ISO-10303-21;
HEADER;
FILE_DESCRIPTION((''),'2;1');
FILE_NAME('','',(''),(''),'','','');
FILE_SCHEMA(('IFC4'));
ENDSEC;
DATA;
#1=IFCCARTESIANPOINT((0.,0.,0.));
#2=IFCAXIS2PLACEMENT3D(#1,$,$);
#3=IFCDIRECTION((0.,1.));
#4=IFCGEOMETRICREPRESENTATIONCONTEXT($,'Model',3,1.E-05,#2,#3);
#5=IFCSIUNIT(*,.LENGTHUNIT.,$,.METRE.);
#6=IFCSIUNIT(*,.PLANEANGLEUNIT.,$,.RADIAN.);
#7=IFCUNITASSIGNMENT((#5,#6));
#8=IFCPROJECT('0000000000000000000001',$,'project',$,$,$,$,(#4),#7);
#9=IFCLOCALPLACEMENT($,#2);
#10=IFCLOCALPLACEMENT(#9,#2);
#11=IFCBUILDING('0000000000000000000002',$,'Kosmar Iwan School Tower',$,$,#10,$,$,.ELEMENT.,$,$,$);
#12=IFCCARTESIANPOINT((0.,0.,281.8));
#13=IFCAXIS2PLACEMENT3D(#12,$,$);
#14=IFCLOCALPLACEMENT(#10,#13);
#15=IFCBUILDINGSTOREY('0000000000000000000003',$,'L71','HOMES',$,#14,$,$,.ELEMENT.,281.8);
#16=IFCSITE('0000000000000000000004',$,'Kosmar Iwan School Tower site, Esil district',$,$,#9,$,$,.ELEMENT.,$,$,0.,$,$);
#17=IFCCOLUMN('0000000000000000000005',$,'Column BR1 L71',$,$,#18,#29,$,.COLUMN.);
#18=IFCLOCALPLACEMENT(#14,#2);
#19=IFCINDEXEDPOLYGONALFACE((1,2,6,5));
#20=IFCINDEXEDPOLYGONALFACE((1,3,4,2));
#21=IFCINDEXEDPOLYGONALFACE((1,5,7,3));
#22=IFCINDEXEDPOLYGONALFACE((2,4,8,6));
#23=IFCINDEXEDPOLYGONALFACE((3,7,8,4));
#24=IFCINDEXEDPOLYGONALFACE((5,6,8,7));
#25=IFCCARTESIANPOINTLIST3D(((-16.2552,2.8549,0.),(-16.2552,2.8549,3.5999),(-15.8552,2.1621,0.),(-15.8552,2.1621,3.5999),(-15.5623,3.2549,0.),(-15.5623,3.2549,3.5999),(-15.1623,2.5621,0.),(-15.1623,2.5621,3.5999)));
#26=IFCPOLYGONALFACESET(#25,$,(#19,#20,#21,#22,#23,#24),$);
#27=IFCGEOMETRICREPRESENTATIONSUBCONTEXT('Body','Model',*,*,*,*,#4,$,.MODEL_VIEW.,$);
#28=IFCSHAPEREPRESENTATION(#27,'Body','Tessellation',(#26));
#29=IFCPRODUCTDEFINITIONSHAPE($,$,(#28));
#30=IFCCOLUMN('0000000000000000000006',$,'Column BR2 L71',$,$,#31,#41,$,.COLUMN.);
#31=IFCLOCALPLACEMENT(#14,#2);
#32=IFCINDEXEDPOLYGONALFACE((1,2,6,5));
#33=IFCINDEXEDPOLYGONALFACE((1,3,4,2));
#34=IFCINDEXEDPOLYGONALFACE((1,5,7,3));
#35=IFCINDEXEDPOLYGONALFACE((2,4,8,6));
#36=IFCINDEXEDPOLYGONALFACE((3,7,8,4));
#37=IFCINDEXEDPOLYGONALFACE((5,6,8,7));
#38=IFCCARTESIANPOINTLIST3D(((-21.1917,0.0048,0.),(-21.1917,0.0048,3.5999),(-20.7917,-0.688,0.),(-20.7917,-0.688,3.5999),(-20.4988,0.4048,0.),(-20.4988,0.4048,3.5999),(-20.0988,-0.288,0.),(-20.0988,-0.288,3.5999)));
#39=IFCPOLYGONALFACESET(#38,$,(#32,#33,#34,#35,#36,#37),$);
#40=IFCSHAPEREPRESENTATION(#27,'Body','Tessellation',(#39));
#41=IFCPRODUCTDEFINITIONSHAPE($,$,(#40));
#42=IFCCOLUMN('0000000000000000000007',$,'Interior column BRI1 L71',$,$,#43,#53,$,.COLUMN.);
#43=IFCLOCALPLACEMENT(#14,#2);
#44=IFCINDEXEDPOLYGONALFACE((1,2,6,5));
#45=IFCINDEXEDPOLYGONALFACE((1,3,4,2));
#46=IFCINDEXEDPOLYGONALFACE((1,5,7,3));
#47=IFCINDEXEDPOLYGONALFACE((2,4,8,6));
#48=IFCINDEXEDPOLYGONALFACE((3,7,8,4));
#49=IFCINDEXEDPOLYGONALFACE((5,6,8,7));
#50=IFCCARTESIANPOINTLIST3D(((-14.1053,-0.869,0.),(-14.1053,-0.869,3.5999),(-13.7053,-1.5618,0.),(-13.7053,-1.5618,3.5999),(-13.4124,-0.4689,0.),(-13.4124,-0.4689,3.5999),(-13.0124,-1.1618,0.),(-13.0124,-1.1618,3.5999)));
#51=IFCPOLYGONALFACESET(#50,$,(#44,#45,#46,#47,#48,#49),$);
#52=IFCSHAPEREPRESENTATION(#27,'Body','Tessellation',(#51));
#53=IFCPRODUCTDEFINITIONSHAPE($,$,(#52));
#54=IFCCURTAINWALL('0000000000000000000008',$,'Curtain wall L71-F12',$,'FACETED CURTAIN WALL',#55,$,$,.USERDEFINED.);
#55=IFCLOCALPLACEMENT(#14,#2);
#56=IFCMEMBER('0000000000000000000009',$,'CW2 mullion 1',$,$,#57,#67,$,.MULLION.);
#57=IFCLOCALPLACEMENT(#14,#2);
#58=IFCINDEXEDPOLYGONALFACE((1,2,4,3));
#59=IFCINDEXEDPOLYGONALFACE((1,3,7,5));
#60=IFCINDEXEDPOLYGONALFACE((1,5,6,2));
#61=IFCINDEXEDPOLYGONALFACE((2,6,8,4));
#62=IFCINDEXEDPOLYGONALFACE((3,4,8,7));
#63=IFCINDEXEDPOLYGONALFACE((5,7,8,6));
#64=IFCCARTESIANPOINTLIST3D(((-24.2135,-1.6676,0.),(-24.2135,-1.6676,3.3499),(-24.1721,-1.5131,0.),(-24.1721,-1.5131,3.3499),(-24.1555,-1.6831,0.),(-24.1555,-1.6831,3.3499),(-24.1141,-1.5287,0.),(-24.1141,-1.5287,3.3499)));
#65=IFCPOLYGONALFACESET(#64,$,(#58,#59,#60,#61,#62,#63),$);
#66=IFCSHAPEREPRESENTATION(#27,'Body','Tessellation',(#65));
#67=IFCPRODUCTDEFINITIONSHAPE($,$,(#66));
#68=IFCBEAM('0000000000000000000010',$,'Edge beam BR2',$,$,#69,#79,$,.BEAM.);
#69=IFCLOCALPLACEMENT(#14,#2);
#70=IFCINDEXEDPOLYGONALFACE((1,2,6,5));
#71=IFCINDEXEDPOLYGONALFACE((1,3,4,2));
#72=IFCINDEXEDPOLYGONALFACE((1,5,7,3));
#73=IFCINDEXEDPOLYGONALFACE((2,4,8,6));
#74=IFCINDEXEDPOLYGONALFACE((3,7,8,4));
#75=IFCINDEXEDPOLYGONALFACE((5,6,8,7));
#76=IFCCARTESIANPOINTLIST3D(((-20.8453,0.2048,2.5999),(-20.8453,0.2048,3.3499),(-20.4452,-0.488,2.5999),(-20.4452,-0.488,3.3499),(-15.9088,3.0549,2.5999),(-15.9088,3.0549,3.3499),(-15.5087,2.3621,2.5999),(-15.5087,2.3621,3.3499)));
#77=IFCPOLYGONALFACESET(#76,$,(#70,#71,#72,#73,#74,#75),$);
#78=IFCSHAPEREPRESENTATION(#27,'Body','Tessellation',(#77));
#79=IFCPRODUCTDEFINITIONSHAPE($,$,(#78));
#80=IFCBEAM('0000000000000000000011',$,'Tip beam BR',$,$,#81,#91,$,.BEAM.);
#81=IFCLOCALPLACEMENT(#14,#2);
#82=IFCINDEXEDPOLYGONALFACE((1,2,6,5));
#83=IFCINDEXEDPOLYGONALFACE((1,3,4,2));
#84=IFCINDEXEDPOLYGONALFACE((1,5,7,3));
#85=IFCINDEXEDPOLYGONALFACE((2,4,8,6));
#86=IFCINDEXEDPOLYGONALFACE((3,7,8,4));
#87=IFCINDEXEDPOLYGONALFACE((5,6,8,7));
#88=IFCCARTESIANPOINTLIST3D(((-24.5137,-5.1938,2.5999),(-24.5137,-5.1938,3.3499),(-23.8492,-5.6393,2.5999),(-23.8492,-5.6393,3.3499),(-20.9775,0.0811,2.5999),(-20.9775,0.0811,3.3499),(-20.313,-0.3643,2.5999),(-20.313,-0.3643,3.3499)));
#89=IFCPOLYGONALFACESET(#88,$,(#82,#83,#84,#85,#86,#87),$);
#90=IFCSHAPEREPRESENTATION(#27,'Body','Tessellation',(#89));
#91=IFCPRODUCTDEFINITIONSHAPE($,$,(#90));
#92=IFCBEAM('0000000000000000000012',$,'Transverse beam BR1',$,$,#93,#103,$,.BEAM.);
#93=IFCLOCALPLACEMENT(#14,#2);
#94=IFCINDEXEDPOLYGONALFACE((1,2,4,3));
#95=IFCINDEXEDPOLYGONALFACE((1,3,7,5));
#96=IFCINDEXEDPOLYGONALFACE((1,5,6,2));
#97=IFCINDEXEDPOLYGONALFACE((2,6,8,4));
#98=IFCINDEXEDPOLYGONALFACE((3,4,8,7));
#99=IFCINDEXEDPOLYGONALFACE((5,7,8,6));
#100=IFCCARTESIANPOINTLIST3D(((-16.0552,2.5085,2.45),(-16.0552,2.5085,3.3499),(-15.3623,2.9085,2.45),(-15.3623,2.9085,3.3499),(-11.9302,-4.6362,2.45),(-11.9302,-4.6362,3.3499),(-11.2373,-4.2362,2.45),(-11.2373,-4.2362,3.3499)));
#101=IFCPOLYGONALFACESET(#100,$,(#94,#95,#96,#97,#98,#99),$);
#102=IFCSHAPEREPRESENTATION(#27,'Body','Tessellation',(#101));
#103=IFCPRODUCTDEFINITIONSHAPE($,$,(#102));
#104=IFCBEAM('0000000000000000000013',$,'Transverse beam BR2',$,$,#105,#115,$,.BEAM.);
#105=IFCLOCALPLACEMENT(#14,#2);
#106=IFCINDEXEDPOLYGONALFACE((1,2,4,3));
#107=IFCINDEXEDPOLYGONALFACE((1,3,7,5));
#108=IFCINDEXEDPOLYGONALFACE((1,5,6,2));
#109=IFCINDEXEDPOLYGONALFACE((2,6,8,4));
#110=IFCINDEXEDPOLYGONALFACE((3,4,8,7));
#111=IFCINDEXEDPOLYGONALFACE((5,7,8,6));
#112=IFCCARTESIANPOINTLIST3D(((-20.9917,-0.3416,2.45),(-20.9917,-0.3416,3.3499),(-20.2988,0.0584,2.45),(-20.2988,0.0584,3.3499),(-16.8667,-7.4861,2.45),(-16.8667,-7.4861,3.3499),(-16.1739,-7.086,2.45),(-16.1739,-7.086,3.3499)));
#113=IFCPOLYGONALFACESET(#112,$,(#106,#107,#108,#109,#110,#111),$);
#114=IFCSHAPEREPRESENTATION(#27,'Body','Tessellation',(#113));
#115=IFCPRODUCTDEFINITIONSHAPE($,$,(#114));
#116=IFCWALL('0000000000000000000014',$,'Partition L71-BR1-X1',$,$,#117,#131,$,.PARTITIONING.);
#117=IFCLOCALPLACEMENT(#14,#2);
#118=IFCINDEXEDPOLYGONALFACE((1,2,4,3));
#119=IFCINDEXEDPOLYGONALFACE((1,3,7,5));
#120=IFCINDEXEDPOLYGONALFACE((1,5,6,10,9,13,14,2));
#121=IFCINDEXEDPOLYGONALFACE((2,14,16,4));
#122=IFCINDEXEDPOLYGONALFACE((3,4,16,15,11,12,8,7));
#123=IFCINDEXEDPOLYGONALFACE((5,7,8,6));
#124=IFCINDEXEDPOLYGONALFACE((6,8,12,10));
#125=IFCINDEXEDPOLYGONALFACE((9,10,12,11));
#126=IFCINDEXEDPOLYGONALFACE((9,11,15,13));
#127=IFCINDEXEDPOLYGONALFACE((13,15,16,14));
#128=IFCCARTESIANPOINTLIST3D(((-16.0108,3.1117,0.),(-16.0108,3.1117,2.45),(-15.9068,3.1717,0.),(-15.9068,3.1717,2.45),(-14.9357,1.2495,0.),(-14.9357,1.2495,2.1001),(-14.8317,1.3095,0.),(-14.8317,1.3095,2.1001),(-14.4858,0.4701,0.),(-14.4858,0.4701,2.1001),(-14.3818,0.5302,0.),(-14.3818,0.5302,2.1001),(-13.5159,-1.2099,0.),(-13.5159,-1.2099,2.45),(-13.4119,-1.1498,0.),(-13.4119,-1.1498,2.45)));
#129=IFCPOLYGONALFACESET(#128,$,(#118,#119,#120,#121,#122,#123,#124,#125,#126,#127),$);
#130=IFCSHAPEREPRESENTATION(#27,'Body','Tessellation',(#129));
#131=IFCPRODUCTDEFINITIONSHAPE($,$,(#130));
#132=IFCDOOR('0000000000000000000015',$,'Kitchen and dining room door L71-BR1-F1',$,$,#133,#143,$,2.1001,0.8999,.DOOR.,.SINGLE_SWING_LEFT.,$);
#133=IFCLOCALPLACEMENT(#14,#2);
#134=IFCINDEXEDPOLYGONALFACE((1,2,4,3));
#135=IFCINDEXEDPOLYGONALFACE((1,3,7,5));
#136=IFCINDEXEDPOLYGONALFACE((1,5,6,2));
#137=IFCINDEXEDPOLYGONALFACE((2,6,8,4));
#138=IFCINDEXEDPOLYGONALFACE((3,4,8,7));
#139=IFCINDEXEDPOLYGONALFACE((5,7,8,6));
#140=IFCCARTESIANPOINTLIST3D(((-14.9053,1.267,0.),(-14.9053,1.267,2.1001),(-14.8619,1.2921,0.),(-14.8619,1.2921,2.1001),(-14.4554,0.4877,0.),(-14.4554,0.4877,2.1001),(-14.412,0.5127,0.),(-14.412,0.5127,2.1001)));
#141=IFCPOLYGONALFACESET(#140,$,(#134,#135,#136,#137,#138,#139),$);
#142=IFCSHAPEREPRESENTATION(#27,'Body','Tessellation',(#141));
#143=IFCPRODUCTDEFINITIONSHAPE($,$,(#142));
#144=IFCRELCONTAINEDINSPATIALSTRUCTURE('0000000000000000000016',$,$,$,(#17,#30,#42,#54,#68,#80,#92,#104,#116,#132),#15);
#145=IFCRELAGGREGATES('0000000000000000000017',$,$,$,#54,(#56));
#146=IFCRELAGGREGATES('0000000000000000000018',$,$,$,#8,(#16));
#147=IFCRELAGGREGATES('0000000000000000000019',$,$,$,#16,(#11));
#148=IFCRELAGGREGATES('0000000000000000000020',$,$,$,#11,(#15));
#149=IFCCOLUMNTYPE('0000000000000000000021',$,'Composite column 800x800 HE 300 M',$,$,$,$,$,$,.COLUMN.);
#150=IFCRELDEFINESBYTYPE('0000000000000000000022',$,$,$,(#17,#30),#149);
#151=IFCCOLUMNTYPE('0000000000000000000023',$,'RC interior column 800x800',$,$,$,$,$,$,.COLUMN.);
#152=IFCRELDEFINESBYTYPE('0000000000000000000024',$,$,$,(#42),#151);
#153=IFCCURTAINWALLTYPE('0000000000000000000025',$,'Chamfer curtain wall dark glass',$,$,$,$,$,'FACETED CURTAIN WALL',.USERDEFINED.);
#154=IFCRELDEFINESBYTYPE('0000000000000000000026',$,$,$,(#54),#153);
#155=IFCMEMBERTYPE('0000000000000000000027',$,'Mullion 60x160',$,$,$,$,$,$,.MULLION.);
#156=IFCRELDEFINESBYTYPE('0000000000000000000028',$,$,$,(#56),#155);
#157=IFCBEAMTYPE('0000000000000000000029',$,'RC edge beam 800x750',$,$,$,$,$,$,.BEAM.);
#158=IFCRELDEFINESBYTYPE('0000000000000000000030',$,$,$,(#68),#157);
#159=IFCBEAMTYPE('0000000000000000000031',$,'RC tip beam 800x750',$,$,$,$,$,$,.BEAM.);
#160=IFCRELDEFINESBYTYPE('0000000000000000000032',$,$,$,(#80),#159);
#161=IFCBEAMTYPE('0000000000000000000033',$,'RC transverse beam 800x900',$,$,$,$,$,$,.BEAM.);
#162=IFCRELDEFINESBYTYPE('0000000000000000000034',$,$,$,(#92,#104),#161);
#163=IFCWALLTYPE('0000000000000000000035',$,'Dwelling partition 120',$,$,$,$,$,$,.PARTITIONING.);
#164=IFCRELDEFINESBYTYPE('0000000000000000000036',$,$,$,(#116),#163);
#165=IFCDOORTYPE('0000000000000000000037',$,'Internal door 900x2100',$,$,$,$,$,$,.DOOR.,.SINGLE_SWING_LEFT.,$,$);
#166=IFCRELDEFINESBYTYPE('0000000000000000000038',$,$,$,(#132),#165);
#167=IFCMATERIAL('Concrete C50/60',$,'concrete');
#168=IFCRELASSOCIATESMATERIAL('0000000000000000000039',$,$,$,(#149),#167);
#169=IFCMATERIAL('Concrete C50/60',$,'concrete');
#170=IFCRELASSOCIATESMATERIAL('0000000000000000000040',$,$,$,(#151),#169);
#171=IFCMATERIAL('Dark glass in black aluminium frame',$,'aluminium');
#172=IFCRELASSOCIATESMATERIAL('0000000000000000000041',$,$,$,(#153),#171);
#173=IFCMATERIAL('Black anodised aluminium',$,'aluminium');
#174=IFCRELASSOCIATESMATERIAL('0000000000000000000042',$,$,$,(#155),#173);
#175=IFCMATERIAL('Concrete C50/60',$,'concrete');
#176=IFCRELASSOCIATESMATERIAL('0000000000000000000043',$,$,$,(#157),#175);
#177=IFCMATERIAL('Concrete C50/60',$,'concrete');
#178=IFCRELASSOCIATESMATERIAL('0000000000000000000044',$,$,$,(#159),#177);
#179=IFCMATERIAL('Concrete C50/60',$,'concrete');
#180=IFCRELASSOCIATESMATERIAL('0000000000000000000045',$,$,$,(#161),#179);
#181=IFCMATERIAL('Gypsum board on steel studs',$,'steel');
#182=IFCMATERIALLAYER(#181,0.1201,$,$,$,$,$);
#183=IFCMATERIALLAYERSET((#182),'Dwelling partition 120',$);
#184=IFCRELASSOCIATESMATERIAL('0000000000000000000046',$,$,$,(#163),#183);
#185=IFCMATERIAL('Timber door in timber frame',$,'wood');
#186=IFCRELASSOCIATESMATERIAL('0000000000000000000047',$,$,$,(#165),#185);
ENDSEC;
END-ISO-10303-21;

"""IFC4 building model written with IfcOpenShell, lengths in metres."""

from ifc_helpers import new_model, si_unit, direction, frame, frame_2d, origin, origin_2d, place, context, subcontext, project, spatial, rectangle, extrude, material, layer, layer_set, material_profile, profile_set, type_object, element, fill, aggregate, save


model = new_model("IFC4")

# Units and contexts
model_context = context("Model", 3, precision=1e-05, world=origin(), true_north=direction((0.0, 1.0)))
body_context = subcontext(model_context, "Body", "Model", "MODEL_VIEW")
ifc_project = project(units=[si_unit("LENGTHUNIT", "METRE"), si_unit("PLANEANGLEUNIT", "RADIAN")], contexts=[model_context])

# Site, building, storey
site_placement = place(None, origin())
site = spatial("IfcSite", under=ifc_project, at=site_placement, Name="Kosmar Iwan School Tower site, Esil district", CompositionType="ELEMENT", RefElevation=0.0)
building_placement = place(site_placement, origin())
building = spatial("IfcBuilding", under=site, at=building_placement, Name="Kosmar Iwan School Tower", CompositionType="ELEMENT")
storey_placement = place(building_placement, frame((0.0, 0.0, 281.8)))
storey = spatial("IfcBuildingStorey", under=building, at=storey_placement, Name="L71", Description="HOMES", CompositionType="ELEMENT", Elevation=281.8)

# Columns
ifc_material_1 = material(Name="Concrete C50/60", Category="concrete")
ifc_material_profile_1 = material_profile(ifc_material_1, rectangle(XDim=0.8, YDim=0.8, at=origin_2d()), Name="RC 800x800 + HE 300 M")
ifc_profile_set_1 = profile_set([ifc_material_profile_1], Name="Concrete C50/60")
column_type_1 = type_object("IfcColumnType", Name="Composite column 800x800 HE 300 M", PredefinedType="COLUMN", material=ifc_profile_set_1)
for number, where, z_axis, x_axis, name in (
    (1, (-15.7087, 2.7085, 0.0), (0.0, 0.0, 1.0), (-0.866025, -0.5, 0.0), "Column BR1 L71"),
    (2, (-20.6453, -0.1416, 0.0), (0.0, 0.0, 1.0), (-0.866025, -0.5, 0.0), "Column BR2 L71"),
):
    element("IfcColumn", number, at=place(storey_placement, frame(where, z_axis=z_axis, x_axis=x_axis)), inside=storey, type_object=column_type_1, Name=name, PredefinedType="COLUMN", context=body_context, shape_type="SweptSolid", body=[
        extrude(rectangle(XDim=0.8, YDim=0.8, at=origin_2d()), origin(), (0.0, 0.0, 1.0), 3.5999),
    ])
ifc_material_2 = material(Name="Concrete C50/60", Category="concrete")
ifc_material_profile_2 = material_profile(ifc_material_2, rectangle(XDim=0.8, YDim=0.8, at=origin_2d()), Name="RC 800x800")
ifc_profile_set_2 = profile_set([ifc_material_profile_2], Name="Concrete C50/60")
column_type_2 = type_object("IfcColumnType", Name="RC interior column 800x800", PredefinedType="COLUMN", material=ifc_profile_set_2)
column_placement = place(storey_placement, frame((-13.5588, -1.0154, 0.0), z_axis=(0.0, 0.0, 1.0), x_axis=(-0.866025, -0.5, 0.0)))
element("IfcColumn", 3, at=column_placement, inside=storey, type_object=column_type_2, Name="Interior column BRI1 L71", PredefinedType="COLUMN", context=body_context, shape_type="SweptSolid", body=[
    extrude(rectangle(XDim=0.8, YDim=0.8, at=origin_2d()), origin(), (0.0, 0.0, 1.0), 3.5999),
])

# Curtain wall, member
ifc_material_3 = material(Name="Dark glass in black aluminium frame", Category="aluminium")
curtain_wall_type = type_object("IfcCurtainWallType", Name="Chamfer curtain wall dark glass", ElementType="FACETED CURTAIN WALL", PredefinedType="USERDEFINED", material=ifc_material_3)
curtain_wall_placement = place(storey_placement, origin())
curtain_wall = element("IfcCurtainWall", 4, at=curtain_wall_placement, inside=storey, type_object=curtain_wall_type, Name="Curtain wall L71-F12", ObjectType="FACETED CURTAIN WALL", PredefinedType="USERDEFINED")
ifc_material_4 = material(Name="Black anodised aluminium", Category="aluminium")
ifc_material_profile_3 = material_profile(ifc_material_4, rectangle(XDim=0.0601, YDim=0.1599, at=origin_2d()), Name="MULLION 60x160")
ifc_profile_set_3 = profile_set([ifc_material_profile_3], Name="Black anodised aluminium")
member_type = type_object("IfcMemberType", Name="Mullion 60x160", PredefinedType="MULLION", material=ifc_profile_set_3)
member_placement = place(storey_placement, frame((-24.1638, -1.5981, 0.0), z_axis=(0.0, 0.0, 1.0), x_axis=(0.965926, -0.258819, 0.0)))
member = element("IfcMember", 5, at=member_placement, type_object=member_type, Name="CW2 mullion 1", PredefinedType="MULLION", context=body_context, shape_type="SweptSolid", body=[
    extrude(rectangle(XDim=0.0601, YDim=0.1599, at=origin_2d()), origin(), (0.0, 0.0, 1.0), 3.3499),
])
aggregate(curtain_wall, [member])

# Beams
ifc_material_5 = material(Name="Concrete C50/60", Category="concrete")
ifc_material_profile_4 = material_profile(ifc_material_5, rectangle(XDim=0.8, YDim=0.75, at=origin_2d()), Name="RC 800x750")
ifc_profile_set_4 = profile_set([ifc_material_profile_4], Name="Concrete C50/60")
beam_type_1 = type_object("IfcBeamType", Name="RC edge beam 800x750", PredefinedType="BEAM", material=ifc_profile_set_4)
beam_1_placement = place(storey_placement, frame((-15.7087, 2.7085, 2.9749), z_axis=(-0.866026, -0.499999, 0.0), x_axis=(0.499999, -0.866026, 0.0)))
element("IfcBeam", 6, at=beam_1_placement, inside=storey, type_object=beam_type_1, Name="Edge beam BR2", PredefinedType="BEAM", context=body_context, shape_type="SweptSolid", body=[
    extrude(rectangle(XDim=0.8, YDim=0.75, at=origin_2d()), origin(), (0.0, 0.0, 1.0), 5.7002),
])
ifc_material_6 = material(Name="Concrete C50/60", Category="concrete")
ifc_material_profile_5 = material_profile(ifc_material_6, rectangle(XDim=0.8, YDim=0.75, at=origin_2d()), Name="RC 800x750")
ifc_profile_set_5 = profile_set([ifc_material_profile_5], Name="Concrete C50/60")
beam_type_2 = type_object("IfcBeamType", Name="RC tip beam 800x750", PredefinedType="BEAM", material=ifc_profile_set_5)
beam_2_placement = place(storey_placement, frame((-20.6453, -0.1416, 2.9749), z_axis=(-0.556828, -0.830628, 0.0), x_axis=(0.830628, -0.556828, 0.0)))
element("IfcBeam", 7, at=beam_2_placement, inside=storey, type_object=beam_type_2, Name="Tip beam BR", PredefinedType="BEAM", context=body_context, shape_type="SweptSolid", body=[
    extrude(rectangle(XDim=0.8, YDim=0.75, at=origin_2d()), origin(), (0.0, 0.0, 1.0), 6.3506),
])
ifc_material_7 = material(Name="Concrete C50/60", Category="concrete")
ifc_material_profile_6 = material_profile(ifc_material_7, rectangle(XDim=0.8, YDim=0.8999, at=origin_2d()), Name="RC 800x900")
ifc_profile_set_6 = profile_set([ifc_material_profile_6], Name="Concrete C50/60")
beam_type_3 = type_object("IfcBeamType", Name="RC transverse beam 800x900", PredefinedType="BEAM", material=ifc_profile_set_6)
beam_3_placement = place(storey_placement, frame((-15.7087, 2.7085, 2.8999), z_axis=(0.499997, -0.866027, 0.0), x_axis=(0.866027, 0.499997, 0.0)))
element("IfcBeam", 8, at=beam_3_placement, inside=storey, type_object=beam_type_3, Name="Transverse beam BR1", PredefinedType="BEAM", context=body_context, shape_type="SweptSolid", body=[
    extrude(rectangle(XDim=0.8, YDim=0.8999, at=origin_2d()), origin(), (0.0, 0.0, 1.0), 8.25),
])
beam_4_placement = place(storey_placement, frame((-20.6453, -0.1416, 2.8999), z_axis=(0.500009, -0.86602, 0.0), x_axis=(0.86602, 0.500009, 0.0)))
element("IfcBeam", 9, at=beam_4_placement, inside=storey, type_object=beam_type_3, Name="Transverse beam BR2", PredefinedType="BEAM", context=body_context, shape_type="SweptSolid", body=[
    extrude(rectangle(XDim=0.8, YDim=0.8999, at=origin_2d()), origin(), (0.0, 0.0, 1.0), 8.2498),
])

# Wall, opening, door
ifc_material_8 = material(Name="Gypsum board on steel studs", Category="steel")
ifc_layer = layer(ifc_material_8, 0.1201)
ifc_layer_set = layer_set([ifc_layer], Name="Dwelling partition 120")
wall_type = type_object("IfcWallType", Name="Dwelling partition 120", PredefinedType="PARTITIONING", material=ifc_layer_set)
wall_placement = place(storey_placement, frame((-13.4639, -1.1799, 0.0), z_axis=(0.0, 0.0, 1.0), x_axis=(-0.499975, 0.86604, 0.0)))
wall = element("IfcWall", 10, at=wall_placement, inside=storey, type_object=wall_type, Name="Partition L71-BR1-X1", PredefinedType="PARTITIONING", context=body_context, shape_type="SweptSolid", body=[
    extrude(rectangle(XDim=4.99, YDim=0.1201, at=frame_2d((2.4951, 0.0))), origin(), (0.0, 0.0, 1.0), 2.45),
])
opening_placement = place(wall_placement, frame((1.9399, 0.0, 0.0)))
opening = element("IfcOpeningElement", 11, at=opening_placement, cuts=wall, PredefinedType="OPENING", context=body_context, shape_type="SweptSolid", body=[
    extrude(rectangle(XDim=0.8999, YDim=2.1001, at=frame_2d((0.45, 1.05))), frame((0.0, 0.072, 0.0), z_axis=(0.0, -1.0, 0.0), x_axis=(1.0, 0.0, 0.0)), (0.0, 0.0, 1.0), 0.144),
])
ifc_material_9 = material(Name="Timber door in timber frame", Category="wood")
door_type = type_object("IfcDoorType", Name="Internal door 900x2100", OperationType="SINGLE_SWING_LEFT", PredefinedType="DOOR", material=ifc_material_9)
door_placement = place(opening_placement, origin())
door = element("IfcDoor", 12, at=door_placement, inside=storey, type_object=door_type, Name="Kitchen and dining room door L71-BR1-F1", OperationType="SINGLE_SWING_LEFT", OverallHeight=2.1001, OverallWidth=0.8999, PredefinedType="DOOR", context=body_context, shape_type="SweptSolid", body=[
    extrude(rectangle(XDim=0.8999, YDim=2.1001, at=frame_2d((0.45, 1.05))), frame((0.0, 0.0249, 0.0), z_axis=(0.0, -1.0, 0.0), x_axis=(1.0, 0.0, 0.0)), (0.0, 0.0, 1.0), 0.05),
])
fill(opening, door)

save(model, "model.ifc")
